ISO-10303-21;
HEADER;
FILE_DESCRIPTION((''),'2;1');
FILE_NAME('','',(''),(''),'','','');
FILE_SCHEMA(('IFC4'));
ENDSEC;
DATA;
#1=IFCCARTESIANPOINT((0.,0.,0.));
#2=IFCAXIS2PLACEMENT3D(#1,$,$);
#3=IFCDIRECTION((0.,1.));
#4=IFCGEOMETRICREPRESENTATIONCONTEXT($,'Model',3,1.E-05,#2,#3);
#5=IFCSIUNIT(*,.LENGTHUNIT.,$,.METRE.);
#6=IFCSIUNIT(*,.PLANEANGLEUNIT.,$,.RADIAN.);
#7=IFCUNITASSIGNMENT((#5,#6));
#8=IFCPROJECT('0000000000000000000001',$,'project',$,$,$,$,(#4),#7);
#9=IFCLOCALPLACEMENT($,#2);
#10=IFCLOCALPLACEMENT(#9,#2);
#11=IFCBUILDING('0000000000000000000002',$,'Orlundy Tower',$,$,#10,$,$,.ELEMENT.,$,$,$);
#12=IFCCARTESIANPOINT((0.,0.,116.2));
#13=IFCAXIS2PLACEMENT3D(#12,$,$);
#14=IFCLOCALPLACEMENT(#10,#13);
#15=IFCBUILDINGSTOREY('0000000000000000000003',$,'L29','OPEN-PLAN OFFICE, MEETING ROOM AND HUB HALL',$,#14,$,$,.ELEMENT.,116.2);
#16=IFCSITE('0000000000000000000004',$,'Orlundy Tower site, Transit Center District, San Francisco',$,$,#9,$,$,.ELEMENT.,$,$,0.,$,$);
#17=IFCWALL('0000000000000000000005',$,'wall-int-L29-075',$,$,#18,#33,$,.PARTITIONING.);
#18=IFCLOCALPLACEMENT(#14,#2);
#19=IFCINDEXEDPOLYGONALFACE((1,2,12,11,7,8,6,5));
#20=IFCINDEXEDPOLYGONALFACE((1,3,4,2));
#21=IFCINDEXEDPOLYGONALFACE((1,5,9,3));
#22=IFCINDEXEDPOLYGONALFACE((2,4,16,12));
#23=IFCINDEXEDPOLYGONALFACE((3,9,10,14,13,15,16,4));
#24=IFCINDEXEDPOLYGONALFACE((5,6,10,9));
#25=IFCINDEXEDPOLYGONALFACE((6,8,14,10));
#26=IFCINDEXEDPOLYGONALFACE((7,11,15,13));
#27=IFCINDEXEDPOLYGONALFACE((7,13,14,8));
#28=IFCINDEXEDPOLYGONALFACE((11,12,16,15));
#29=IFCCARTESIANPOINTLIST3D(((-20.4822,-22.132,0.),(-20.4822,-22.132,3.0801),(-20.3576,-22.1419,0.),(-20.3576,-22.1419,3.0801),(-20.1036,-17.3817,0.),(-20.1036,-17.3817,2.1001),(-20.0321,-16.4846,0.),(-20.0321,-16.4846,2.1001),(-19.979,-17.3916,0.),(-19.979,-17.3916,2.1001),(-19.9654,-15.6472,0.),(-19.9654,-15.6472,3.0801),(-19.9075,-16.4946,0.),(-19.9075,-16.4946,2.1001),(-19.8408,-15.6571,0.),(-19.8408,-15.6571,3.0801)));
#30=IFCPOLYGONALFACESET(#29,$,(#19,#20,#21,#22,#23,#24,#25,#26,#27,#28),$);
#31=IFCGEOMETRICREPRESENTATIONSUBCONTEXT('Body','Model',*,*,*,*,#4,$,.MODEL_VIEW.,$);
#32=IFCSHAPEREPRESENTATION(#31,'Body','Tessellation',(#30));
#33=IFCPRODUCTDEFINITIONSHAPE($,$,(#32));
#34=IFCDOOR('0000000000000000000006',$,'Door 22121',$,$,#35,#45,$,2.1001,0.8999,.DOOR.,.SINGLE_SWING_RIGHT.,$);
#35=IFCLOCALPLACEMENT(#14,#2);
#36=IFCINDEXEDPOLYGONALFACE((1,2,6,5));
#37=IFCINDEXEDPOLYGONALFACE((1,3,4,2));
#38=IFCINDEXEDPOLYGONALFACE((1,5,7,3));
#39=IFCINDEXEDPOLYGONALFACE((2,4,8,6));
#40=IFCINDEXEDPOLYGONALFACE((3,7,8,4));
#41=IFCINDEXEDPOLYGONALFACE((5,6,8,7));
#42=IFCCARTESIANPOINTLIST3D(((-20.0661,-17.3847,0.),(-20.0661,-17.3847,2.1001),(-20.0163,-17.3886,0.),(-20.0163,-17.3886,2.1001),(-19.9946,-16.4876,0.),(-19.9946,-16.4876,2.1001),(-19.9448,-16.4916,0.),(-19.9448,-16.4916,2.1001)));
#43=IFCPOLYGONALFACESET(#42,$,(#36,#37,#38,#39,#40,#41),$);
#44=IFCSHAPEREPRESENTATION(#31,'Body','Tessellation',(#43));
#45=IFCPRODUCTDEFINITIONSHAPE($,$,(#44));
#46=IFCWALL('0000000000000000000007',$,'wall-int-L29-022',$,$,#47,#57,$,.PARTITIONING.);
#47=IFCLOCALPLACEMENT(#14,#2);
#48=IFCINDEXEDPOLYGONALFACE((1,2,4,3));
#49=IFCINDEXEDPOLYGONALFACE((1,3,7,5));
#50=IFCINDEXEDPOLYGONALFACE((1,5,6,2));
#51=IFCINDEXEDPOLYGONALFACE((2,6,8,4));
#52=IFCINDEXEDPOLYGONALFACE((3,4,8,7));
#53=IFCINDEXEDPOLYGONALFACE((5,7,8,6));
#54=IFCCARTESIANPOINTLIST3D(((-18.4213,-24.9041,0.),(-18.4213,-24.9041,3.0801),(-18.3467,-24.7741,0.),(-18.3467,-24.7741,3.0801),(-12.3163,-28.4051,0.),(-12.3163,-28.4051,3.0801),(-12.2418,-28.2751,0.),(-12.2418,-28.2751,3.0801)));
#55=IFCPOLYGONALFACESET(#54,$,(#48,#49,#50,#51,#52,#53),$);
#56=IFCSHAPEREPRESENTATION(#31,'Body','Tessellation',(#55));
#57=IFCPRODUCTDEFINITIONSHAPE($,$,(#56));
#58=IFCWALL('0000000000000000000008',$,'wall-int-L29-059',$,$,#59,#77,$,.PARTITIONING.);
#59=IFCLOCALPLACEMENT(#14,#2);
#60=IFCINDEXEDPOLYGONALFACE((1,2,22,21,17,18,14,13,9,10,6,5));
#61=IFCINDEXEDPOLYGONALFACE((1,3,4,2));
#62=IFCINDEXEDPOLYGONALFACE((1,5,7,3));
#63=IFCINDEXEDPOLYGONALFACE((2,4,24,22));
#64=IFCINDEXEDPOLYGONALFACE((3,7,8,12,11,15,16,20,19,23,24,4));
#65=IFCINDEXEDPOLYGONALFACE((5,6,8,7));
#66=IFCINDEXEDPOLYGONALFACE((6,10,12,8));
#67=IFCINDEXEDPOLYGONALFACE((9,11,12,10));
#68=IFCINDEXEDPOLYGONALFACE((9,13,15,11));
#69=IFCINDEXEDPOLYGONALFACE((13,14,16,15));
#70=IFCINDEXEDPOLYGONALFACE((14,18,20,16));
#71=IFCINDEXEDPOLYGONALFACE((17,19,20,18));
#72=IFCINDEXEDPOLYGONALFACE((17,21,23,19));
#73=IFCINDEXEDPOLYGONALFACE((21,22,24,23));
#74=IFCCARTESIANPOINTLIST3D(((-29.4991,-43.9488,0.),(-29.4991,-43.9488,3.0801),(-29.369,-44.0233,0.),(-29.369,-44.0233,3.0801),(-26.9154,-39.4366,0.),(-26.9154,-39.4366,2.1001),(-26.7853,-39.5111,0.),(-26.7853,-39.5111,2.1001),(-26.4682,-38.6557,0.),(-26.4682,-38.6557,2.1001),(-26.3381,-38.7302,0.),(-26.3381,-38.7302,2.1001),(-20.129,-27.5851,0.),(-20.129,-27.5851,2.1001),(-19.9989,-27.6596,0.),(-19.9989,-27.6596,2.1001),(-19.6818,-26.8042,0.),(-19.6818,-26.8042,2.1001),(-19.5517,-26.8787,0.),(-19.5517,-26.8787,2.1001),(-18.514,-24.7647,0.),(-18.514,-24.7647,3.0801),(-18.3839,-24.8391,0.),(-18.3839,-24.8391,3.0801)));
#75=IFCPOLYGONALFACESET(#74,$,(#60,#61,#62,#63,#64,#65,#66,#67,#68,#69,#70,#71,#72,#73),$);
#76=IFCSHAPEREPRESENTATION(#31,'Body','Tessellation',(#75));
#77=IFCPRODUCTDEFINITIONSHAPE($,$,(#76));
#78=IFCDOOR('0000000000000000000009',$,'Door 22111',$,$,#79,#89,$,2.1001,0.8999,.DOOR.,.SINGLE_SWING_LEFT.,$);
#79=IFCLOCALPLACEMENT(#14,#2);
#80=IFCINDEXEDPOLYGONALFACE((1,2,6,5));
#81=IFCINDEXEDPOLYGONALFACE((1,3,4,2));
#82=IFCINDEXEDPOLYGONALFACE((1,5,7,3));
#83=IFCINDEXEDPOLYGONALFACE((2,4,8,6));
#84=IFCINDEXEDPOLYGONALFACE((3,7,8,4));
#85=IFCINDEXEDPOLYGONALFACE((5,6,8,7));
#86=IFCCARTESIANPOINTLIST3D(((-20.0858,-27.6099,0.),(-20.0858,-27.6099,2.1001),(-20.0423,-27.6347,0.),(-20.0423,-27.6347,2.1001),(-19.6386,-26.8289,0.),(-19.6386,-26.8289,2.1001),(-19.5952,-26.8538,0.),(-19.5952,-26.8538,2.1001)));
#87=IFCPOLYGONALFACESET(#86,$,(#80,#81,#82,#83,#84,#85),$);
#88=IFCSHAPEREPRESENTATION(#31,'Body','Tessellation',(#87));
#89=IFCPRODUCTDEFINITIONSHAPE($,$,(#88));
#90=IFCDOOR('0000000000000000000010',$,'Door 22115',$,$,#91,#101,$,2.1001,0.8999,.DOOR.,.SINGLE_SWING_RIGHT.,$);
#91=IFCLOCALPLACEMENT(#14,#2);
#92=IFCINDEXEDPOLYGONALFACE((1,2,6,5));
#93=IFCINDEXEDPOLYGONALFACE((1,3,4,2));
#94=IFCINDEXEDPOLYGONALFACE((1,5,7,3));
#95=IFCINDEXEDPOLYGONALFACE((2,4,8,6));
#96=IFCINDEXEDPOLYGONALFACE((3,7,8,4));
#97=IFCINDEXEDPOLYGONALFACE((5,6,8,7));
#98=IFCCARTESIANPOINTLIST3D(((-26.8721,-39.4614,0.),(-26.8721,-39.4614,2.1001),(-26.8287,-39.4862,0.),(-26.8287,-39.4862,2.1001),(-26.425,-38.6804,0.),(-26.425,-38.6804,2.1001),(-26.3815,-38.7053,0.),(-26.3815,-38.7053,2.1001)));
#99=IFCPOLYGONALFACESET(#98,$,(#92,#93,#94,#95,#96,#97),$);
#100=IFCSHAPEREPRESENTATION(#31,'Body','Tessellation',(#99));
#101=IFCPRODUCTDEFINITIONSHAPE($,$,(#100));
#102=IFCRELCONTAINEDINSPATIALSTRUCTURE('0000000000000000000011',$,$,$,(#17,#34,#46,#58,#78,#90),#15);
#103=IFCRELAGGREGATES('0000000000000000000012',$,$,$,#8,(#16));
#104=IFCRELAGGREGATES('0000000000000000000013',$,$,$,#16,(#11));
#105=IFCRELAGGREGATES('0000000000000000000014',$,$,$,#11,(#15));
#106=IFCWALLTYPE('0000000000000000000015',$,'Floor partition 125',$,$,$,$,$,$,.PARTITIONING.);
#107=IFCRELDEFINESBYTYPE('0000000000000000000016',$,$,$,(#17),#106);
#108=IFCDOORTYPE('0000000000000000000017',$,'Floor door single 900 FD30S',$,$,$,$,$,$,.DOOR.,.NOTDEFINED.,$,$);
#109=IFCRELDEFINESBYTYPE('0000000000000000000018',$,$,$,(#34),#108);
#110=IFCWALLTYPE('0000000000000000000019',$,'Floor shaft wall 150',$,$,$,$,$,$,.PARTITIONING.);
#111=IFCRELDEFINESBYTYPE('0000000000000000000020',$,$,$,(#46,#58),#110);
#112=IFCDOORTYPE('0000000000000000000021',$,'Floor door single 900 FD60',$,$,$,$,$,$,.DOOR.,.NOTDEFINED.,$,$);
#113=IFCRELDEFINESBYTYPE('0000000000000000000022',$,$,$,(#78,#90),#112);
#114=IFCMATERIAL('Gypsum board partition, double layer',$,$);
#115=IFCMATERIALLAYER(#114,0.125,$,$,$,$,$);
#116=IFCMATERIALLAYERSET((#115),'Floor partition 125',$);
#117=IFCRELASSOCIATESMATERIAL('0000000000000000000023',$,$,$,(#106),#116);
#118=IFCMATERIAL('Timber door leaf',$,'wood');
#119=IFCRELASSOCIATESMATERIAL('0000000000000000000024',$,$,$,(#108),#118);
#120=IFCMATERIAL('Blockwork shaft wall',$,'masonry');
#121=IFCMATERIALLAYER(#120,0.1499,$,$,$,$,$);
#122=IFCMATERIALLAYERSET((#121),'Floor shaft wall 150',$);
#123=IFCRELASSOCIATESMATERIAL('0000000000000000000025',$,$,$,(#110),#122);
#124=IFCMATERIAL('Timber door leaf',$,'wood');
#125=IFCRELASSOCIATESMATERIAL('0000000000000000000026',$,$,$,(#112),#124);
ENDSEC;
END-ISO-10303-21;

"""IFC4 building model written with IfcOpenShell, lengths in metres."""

from ifc_helpers import new_model, si_unit, direction, frame, frame_2d, origin, place, context, subcontext, project, spatial, rectangle, extrude, material, layer, layer_set, type_object, element, fill, save


model = new_model("IFC4")

# Units and contexts
model_context = context("Model", 3, precision=1e-05, world=origin(), true_north=direction((0.0, 1.0)))
body_context = subcontext(model_context, "Body", "Model", "MODEL_VIEW")
ifc_project = project(units=[si_unit("LENGTHUNIT", "METRE"), si_unit("PLANEANGLEUNIT", "RADIAN")], contexts=[model_context])

# Site, building, storey
site_placement = place(None, origin())
site = spatial("IfcSite", under=ifc_project, at=site_placement, Name="Orlundy Tower site, Transit Center District, San Francisco", CompositionType="ELEMENT", RefElevation=0.0)
building_placement = place(site_placement, origin())
building = spatial("IfcBuilding", under=site, at=building_placement, Name="Orlundy Tower", CompositionType="ELEMENT")
storey_placement = place(building_placement, frame((0.0, 0.0, 116.2)))
storey = spatial("IfcBuildingStorey", under=building, at=storey_placement, Name="L29", Description="OPEN-PLAN OFFICE, MEETING ROOM AND HUB HALL", CompositionType="ELEMENT", Elevation=116.2)

# Shared definitions
ifc_material_1 = material(Name="Gypsum board partition, double layer")
ifc_layer_1 = layer(ifc_material_1, 0.125)
ifc_layer_set_1 = layer_set([ifc_layer_1], Name="Floor partition 125")
wall_type_1 = type_object("IfcWallType", Name="Floor partition 125", PredefinedType="PARTITIONING", material=ifc_layer_set_1)

# Wall, opening, door
wall_1_placement = place(storey_placement, frame((-20.4199, -22.137, 0.0), z_axis=(0.0, 0.0, 1.0), x_axis=(0.079448, 0.996839, 0.0)))
wall_1 = element("IfcWall", 1, at=wall_1_placement, inside=storey, type_object=wall_type_1, Name="wall-int-L29-075", PredefinedType="PARTITIONING", context=body_context, shape_type="SweptSolid", body=[
    extrude(rectangle(XDim=6.5054, YDim=0.125, at=frame_2d((3.2527, 0.0))), origin(), (0.0, 0.0, 1.0), 3.0801),
])
opening_1_placement = place(wall_1_placement, frame((4.7654, 0.0, 0.0)))
opening_1 = element("IfcOpeningElement", 2, at=opening_1_placement, cuts=wall_1, PredefinedType="OPENING", context=body_context, shape_type="SweptSolid", body=[
    extrude(rectangle(XDim=0.8999, YDim=2.1001, at=frame_2d((0.45, 1.05))), frame((0.0, 0.0725, 0.0), z_axis=(0.0, -1.0, 0.0), x_axis=(1.0, 0.0, 0.0)), (0.0, 0.0, 1.0), 0.145),
])
ifc_material_2 = material(Name="Timber door leaf", Category="wood")
door_type_1 = type_object("IfcDoorType", Name="Floor door single 900 FD30S", OperationType="NOTDEFINED", PredefinedType="DOOR", material=ifc_material_2)
door_1_placement = place(opening_1_placement, origin())
door_1 = element("IfcDoor", 3, at=door_1_placement, inside=storey, type_object=door_type_1, Name="Door 22121", OperationType="SINGLE_SWING_RIGHT", OverallHeight=2.1001, OverallWidth=0.8999, PredefinedType="DOOR", context=body_context, shape_type="SweptSolid", body=[
    extrude(rectangle(XDim=0.8999, YDim=2.1001, at=frame_2d((0.45, 1.05))), frame((0.0, 0.0249, 0.0), z_axis=(0.0, -1.0, 0.0), x_axis=(1.0, 0.0, 0.0)), (0.0, 0.0, 1.0), 0.05),
])
fill(opening_1, door_1)

# Wall
ifc_material_3 = material(Name="Blockwork shaft wall", Category="masonry")
ifc_layer_2 = layer(ifc_material_3, 0.1499)
ifc_layer_set_2 = layer_set([ifc_layer_2], Name="Floor shaft wall 150")
wall_type_2 = type_object("IfcWallType", Name="Floor shaft wall 150", PredefinedType="PARTITIONING", material=ifc_layer_set_2)
wall_2_placement = place(storey_placement, frame((-18.384, -24.8391, 0.0), z_axis=(0.0, 0.0, 1.0), x_axis=(0.867482, -0.497468, 0.0)))
element("IfcWall", 4, at=wall_2_placement, inside=storey, type_object=wall_type_2, Name="wall-int-L29-022", PredefinedType="PARTITIONING", context=body_context, shape_type="SweptSolid", body=[
    extrude(rectangle(XDim=7.0376, YDim=0.1499, at=frame_2d((3.5188, 0.0))), origin(), (0.0, 0.0, 1.0), 3.0801),
])

# Wall, openings, doors
wall_3_placement = place(storey_placement, frame((-18.449, -24.802, 0.0), z_axis=(0.0, 0.0, 1.0), x_axis=(-0.496915, -0.867799, 0.0)))
wall_3 = element("IfcWall", 5, at=wall_3_placement, inside=storey, type_object=wall_type_2, Name="wall-int-L29-059", PredefinedType="PARTITIONING", context=body_context, shape_type="SweptSolid", body=[
    extrude(rectangle(XDim=22.1067, YDim=0.1499, at=frame_2d((11.0532, 0.0))), origin(), (0.0, 0.0, 1.0), 3.0801),
])
opening_2_placement = place(wall_3_placement, frame((2.3501, 0.0, 0.0)))
opening_2 = element("IfcOpeningElement", 6, at=opening_2_placement, cuts=wall_3, PredefinedType="OPENING", context=body_context, shape_type="SweptSolid", body=[
    extrude(rectangle(XDim=0.8999, YDim=2.1001, at=frame_2d((0.45, 1.05))), frame((0.0, 0.085, 0.0), z_axis=(0.0, -1.0, 0.0), x_axis=(1.0, 0.0, 0.0)), (0.0, 0.0, 1.0), 0.1699),
])
opening_3_placement = place(wall_3_placement, frame((16.0071, 0.0, 0.0)))
opening_3 = element("IfcOpeningElement", 7, at=opening_3_placement, cuts=wall_3, PredefinedType="OPENING", context=body_context, shape_type="SweptSolid", body=[
    extrude(rectangle(XDim=0.8999, YDim=2.1001, at=frame_2d((0.45, 1.05))), frame((0.0, 0.085, 0.0), z_axis=(0.0, -1.0, 0.0), x_axis=(1.0, 0.0, 0.0)), (0.0, 0.0, 1.0), 0.1699),
])
ifc_material_4 = material(Name="Timber door leaf", Category="wood")
door_type_2 = type_object("IfcDoorType", Name="Floor door single 900 FD60", OperationType="NOTDEFINED", PredefinedType="DOOR", material=ifc_material_4)
door_2_placement = place(opening_2_placement, origin())
door_2 = element("IfcDoor", 8, at=door_2_placement, inside=storey, type_object=door_type_2, Name="Door 22111", OperationType="SINGLE_SWING_LEFT", OverallHeight=2.1001, OverallWidth=0.8999, PredefinedType="DOOR", context=body_context, shape_type="SweptSolid", body=[
    extrude(rectangle(XDim=0.8999, YDim=2.1001, at=frame_2d((0.45, 1.05))), frame((0.0, 0.0249, 0.0), z_axis=(0.0, -1.0, 0.0), x_axis=(1.0, 0.0, 0.0)), (0.0, 0.0, 1.0), 0.05),
])
fill(opening_2, door_2)
door_3_placement = place(opening_3_placement, origin())
door_3 = element("IfcDoor", 9, at=door_3_placement, inside=storey, type_object=door_type_2, Name="Door 22115", OperationType="SINGLE_SWING_RIGHT", OverallHeight=2.1001, OverallWidth=0.8999, PredefinedType="DOOR", context=body_context, shape_type="SweptSolid", body=[
    extrude(rectangle(XDim=0.8999, YDim=2.1001, at=frame_2d((0.45, 1.05))), frame((0.0, 0.0249, 0.0), z_axis=(0.0, -1.0, 0.0), x_axis=(1.0, 0.0, 0.0)), (0.0, 0.0, 1.0), 0.05),
])
fill(opening_3, door_3)

save(model, "model.ifc")
